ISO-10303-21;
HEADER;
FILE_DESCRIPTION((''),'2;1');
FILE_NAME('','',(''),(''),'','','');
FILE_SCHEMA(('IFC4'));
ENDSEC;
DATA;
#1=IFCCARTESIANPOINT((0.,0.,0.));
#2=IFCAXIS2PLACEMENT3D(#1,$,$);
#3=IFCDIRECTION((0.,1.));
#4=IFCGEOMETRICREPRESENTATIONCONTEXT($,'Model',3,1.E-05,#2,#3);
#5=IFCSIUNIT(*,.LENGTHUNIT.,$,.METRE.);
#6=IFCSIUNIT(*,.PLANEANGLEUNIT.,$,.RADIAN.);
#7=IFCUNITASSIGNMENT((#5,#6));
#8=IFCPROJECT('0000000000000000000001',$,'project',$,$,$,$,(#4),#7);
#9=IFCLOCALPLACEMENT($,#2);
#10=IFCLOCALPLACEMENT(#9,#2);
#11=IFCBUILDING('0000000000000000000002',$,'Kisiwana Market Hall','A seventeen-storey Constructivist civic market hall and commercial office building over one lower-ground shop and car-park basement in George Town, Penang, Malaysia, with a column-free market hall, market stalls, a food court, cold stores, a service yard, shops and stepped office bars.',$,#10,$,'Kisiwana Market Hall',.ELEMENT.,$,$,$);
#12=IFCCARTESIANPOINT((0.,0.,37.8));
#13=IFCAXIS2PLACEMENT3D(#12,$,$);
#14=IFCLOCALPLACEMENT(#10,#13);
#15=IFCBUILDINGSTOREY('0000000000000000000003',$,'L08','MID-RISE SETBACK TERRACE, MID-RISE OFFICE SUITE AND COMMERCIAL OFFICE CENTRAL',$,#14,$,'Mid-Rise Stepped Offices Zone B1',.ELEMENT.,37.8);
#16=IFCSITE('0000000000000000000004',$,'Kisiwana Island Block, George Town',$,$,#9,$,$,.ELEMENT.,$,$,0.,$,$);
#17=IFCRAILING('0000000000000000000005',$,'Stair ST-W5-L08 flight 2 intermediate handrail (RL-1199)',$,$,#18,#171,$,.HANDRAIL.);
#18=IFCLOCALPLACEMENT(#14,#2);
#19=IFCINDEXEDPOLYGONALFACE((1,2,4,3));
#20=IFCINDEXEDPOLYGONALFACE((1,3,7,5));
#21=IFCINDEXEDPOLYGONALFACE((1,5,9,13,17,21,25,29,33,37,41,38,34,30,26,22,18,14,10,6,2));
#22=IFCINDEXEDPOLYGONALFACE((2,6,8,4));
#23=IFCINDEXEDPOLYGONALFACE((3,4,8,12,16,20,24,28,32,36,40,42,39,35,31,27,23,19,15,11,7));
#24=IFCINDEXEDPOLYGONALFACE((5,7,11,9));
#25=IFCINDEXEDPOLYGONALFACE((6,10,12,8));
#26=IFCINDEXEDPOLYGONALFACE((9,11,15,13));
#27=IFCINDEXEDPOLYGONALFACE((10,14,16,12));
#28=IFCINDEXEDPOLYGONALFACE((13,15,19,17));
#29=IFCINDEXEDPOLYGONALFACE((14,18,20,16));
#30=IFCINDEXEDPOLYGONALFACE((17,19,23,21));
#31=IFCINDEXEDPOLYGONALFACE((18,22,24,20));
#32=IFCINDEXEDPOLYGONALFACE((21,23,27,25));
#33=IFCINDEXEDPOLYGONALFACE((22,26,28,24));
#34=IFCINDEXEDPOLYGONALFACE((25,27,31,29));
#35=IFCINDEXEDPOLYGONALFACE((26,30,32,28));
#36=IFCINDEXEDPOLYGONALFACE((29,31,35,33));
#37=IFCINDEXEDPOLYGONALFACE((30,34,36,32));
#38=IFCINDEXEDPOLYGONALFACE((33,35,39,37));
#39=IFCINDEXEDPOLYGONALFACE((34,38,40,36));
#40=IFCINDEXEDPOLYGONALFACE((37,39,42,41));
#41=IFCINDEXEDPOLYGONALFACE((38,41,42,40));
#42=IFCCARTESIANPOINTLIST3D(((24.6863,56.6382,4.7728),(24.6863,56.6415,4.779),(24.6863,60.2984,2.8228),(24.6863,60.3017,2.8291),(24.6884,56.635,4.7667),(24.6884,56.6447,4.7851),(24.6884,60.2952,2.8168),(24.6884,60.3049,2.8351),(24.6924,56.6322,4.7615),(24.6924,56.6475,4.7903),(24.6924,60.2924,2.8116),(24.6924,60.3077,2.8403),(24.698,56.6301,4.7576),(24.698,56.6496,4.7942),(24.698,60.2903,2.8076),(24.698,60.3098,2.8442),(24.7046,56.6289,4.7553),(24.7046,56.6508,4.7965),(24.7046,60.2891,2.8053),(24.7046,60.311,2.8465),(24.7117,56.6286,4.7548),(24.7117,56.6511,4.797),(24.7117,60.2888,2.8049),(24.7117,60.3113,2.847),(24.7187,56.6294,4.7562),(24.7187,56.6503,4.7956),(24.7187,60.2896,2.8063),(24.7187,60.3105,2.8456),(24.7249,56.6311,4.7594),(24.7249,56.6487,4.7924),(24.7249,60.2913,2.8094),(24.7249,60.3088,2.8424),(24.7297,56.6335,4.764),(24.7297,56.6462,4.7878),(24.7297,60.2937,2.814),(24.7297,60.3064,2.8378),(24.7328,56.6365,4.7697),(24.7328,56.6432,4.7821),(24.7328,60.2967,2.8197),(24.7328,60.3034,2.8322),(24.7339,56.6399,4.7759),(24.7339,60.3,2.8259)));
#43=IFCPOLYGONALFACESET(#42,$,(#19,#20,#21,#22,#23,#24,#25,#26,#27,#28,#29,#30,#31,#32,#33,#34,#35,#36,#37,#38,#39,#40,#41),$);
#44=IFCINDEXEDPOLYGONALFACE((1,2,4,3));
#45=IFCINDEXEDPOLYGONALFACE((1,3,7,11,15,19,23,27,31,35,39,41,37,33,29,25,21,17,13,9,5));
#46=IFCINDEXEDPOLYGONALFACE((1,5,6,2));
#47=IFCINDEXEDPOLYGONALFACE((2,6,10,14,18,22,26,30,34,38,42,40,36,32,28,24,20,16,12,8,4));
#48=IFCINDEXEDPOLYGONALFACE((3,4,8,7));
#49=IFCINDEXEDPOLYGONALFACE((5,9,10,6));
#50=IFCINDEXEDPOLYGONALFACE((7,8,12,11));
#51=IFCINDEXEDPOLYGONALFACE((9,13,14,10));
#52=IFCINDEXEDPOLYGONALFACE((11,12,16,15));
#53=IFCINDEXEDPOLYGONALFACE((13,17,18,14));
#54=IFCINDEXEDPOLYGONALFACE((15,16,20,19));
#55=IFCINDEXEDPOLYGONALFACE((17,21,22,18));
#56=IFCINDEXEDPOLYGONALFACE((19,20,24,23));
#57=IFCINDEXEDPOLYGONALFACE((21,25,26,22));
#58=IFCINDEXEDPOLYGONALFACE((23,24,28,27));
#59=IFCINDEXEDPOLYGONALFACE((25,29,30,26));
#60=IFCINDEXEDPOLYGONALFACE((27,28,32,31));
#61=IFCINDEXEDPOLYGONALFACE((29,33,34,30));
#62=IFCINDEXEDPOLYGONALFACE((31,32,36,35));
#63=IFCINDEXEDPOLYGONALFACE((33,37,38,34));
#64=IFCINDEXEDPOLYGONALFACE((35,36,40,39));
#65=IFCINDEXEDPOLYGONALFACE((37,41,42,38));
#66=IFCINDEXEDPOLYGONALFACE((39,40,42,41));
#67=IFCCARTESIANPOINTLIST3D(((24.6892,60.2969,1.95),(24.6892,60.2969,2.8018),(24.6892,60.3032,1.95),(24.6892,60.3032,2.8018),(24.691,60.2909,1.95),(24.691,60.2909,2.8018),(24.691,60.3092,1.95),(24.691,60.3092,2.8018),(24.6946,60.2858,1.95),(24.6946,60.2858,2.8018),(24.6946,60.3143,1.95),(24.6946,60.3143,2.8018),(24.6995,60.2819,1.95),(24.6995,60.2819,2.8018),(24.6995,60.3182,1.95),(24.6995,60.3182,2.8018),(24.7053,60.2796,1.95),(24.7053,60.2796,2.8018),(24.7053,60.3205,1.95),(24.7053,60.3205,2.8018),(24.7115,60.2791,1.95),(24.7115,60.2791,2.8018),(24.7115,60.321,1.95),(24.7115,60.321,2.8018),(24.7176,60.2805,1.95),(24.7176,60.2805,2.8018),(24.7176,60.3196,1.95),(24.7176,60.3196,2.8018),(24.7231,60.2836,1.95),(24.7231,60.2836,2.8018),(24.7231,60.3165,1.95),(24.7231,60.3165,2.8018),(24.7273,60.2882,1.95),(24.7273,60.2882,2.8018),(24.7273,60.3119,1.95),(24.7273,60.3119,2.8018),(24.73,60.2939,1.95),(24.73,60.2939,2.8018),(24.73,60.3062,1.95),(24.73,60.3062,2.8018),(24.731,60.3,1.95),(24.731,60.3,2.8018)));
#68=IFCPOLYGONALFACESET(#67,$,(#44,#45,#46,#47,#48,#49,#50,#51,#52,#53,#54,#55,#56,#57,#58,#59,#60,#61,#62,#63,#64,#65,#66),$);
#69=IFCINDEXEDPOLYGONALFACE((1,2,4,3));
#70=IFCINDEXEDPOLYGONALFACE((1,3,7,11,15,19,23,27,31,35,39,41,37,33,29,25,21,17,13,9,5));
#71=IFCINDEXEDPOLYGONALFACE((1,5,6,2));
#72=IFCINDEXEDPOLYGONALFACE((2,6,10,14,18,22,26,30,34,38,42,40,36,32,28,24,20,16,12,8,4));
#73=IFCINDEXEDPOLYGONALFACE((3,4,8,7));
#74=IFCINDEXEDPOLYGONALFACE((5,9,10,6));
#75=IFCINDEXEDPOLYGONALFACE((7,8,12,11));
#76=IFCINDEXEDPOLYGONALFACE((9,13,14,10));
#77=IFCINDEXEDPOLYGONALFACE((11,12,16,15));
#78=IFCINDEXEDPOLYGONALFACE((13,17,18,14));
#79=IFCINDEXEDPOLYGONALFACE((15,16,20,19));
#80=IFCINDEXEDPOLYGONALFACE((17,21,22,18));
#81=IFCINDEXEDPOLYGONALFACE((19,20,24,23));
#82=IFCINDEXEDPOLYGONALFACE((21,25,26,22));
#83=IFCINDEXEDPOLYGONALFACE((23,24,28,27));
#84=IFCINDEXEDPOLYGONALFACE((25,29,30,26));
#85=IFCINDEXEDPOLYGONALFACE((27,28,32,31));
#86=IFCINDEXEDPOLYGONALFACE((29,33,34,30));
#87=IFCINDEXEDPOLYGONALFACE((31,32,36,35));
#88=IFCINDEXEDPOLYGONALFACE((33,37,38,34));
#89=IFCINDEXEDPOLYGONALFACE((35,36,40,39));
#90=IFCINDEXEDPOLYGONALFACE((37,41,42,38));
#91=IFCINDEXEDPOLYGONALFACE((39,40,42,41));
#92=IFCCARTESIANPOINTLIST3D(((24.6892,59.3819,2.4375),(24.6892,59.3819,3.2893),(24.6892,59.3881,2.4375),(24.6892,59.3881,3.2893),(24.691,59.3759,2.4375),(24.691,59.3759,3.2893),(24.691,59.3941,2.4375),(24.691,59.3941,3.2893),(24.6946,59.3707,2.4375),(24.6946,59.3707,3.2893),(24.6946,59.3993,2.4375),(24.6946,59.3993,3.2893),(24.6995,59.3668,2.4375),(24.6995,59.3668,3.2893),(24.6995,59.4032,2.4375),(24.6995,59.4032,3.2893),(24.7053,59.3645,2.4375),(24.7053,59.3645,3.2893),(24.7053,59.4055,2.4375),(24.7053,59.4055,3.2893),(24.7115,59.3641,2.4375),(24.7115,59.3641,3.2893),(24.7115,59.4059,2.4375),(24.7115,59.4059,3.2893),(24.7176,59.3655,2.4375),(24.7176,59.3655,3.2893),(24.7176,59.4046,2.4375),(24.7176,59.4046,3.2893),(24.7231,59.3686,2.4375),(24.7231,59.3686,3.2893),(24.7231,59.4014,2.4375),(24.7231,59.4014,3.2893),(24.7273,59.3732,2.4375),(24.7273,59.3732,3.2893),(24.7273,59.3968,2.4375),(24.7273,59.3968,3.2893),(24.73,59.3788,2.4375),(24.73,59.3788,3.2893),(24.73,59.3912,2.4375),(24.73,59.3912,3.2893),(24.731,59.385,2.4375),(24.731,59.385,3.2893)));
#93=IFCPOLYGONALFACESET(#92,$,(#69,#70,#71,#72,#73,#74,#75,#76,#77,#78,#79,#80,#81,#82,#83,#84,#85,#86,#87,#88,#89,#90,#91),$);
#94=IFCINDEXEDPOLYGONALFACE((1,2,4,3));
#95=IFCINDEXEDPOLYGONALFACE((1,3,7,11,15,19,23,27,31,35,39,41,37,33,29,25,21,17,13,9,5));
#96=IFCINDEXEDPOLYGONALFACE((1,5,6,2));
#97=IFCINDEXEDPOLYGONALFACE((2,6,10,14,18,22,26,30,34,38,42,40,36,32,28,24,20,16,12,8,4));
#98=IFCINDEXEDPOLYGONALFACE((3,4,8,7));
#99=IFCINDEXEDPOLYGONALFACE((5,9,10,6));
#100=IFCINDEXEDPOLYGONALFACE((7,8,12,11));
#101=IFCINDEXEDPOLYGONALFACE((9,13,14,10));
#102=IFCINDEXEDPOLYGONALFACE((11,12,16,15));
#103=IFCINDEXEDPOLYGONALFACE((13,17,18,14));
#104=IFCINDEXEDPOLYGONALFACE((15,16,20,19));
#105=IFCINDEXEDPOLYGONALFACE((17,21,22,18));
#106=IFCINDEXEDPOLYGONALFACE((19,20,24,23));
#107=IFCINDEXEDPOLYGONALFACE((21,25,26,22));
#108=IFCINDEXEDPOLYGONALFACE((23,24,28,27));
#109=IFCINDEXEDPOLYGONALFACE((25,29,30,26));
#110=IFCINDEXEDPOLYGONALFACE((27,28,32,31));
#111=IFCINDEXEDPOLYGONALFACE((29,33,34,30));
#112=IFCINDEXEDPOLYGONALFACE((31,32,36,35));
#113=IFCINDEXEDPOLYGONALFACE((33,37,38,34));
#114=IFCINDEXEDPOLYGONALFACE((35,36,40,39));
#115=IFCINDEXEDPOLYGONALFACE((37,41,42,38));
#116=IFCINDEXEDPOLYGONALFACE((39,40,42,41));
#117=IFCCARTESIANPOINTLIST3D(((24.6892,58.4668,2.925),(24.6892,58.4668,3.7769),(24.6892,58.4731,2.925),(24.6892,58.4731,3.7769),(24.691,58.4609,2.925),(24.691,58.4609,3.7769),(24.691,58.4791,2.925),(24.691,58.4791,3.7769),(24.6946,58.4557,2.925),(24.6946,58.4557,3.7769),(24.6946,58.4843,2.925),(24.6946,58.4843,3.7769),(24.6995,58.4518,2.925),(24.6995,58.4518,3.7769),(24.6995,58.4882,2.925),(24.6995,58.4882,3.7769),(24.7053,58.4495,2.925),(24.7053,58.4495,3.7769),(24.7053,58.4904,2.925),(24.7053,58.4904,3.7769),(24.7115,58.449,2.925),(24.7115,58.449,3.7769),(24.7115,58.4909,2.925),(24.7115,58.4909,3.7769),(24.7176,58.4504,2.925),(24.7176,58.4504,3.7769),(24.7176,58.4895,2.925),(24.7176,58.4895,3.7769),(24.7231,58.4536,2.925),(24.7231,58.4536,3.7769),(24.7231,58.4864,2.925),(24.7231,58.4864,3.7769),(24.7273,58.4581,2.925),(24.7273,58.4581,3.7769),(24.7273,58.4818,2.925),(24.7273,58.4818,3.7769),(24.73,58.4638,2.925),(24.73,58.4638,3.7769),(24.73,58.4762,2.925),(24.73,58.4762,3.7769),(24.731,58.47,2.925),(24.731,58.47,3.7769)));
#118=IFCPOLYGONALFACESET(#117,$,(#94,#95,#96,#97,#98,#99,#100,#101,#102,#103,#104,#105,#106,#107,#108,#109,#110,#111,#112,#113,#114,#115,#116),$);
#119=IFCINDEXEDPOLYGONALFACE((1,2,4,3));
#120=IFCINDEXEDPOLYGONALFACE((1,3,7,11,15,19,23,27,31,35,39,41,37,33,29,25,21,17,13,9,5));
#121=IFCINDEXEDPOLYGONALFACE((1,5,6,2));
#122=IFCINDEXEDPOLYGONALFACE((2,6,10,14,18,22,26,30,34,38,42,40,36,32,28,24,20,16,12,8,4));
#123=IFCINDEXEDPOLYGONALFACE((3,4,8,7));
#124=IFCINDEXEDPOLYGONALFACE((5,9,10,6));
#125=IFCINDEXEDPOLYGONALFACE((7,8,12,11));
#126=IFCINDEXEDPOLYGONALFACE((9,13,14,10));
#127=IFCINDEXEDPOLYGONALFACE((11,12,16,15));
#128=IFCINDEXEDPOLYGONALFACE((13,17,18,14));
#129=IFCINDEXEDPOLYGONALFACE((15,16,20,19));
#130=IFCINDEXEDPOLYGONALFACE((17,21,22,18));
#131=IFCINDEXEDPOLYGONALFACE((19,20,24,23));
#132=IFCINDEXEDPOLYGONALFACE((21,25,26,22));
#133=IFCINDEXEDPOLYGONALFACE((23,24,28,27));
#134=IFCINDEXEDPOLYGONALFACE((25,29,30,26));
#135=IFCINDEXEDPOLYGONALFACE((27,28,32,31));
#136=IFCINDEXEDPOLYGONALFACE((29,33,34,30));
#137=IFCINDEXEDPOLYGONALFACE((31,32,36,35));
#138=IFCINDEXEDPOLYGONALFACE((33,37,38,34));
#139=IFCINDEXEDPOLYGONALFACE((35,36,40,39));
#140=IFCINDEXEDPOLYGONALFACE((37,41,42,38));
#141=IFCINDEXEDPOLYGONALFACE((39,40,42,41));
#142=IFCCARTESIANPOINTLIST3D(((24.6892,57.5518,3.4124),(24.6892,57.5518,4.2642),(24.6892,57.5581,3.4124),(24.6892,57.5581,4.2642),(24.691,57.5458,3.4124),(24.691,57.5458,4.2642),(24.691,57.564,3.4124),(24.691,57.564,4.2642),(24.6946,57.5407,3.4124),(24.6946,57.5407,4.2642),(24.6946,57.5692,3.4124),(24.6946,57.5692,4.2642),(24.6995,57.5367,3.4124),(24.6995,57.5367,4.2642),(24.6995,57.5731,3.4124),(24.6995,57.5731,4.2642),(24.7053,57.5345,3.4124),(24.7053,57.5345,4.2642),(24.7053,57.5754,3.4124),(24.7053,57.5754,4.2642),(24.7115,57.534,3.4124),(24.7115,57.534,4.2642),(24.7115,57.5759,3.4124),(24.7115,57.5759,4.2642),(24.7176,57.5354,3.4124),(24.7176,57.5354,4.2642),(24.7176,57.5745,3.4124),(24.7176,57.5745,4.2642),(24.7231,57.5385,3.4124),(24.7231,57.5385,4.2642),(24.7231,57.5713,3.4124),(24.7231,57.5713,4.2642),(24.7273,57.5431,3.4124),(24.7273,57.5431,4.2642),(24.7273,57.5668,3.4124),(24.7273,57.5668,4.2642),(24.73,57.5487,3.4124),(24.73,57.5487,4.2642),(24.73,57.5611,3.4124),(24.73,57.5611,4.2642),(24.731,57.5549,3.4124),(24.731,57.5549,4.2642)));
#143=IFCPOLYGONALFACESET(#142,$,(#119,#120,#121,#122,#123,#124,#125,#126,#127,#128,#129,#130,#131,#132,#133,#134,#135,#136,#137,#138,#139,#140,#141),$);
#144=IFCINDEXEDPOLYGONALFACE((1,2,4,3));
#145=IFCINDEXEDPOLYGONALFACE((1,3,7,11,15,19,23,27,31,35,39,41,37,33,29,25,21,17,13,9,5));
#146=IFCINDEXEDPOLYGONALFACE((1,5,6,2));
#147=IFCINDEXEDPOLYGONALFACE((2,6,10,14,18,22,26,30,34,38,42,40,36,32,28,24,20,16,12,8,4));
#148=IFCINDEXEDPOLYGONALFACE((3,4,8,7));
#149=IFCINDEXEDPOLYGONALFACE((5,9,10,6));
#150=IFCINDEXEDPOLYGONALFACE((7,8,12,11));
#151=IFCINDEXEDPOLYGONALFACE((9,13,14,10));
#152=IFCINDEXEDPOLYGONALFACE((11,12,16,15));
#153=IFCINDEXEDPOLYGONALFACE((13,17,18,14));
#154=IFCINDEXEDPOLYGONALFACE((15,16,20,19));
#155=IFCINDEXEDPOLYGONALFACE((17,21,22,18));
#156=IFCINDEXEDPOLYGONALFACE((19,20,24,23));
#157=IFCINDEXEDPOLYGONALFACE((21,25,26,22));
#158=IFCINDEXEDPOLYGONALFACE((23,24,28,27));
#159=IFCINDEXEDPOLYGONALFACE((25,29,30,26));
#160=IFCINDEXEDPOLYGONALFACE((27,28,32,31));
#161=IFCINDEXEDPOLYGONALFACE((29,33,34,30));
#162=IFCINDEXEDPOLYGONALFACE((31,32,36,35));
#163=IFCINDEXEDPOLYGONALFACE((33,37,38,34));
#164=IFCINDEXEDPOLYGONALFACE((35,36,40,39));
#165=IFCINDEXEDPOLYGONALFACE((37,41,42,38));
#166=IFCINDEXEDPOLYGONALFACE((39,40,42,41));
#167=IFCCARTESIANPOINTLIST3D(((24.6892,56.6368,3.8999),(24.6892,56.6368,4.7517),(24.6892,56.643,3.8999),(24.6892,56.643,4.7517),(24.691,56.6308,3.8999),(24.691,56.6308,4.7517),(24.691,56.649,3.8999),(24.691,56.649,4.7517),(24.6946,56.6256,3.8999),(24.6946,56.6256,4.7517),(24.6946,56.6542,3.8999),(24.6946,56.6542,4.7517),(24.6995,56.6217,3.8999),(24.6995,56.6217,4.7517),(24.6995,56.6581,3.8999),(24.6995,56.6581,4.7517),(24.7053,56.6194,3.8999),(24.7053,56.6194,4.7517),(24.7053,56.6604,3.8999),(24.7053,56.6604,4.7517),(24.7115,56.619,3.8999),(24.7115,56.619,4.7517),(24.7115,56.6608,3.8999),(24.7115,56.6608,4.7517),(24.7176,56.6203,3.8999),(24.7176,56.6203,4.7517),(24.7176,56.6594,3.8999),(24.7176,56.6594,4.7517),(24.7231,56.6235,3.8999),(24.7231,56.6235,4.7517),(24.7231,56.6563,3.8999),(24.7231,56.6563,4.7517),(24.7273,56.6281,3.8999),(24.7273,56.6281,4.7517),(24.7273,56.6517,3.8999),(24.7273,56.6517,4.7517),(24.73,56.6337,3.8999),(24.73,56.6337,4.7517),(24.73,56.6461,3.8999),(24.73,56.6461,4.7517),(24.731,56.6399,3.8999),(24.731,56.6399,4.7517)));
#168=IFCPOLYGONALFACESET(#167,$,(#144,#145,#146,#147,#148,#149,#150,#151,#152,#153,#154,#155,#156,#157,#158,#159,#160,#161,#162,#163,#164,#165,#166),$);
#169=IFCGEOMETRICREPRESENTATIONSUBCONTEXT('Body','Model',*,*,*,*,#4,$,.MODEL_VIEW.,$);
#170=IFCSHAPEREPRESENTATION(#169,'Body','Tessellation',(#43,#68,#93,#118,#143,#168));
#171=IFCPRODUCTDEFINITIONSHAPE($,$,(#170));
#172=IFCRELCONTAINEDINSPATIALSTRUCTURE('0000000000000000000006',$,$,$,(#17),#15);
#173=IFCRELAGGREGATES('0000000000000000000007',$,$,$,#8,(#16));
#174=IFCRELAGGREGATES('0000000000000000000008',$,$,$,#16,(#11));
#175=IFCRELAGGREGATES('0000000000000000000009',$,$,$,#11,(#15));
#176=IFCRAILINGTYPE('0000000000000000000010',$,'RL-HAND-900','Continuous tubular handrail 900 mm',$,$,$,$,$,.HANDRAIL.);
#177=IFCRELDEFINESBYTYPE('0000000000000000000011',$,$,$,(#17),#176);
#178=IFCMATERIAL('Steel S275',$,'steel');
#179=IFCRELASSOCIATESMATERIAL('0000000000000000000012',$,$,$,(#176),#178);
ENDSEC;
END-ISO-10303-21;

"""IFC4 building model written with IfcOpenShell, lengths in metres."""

from ifc_helpers import new_model, si_unit, direction, frame, origin, origin_2d, place, context, subcontext, project, spatial, circle, extrude, material, type_object, element, save


model = new_model("IFC4")

# Units and contexts
model_context = context("Model", 3, precision=1e-05, world=origin(), true_north=direction((0.0, 1.0)))
body_context = subcontext(model_context, "Body", "Model", "MODEL_VIEW")
ifc_project = project(units=[si_unit("LENGTHUNIT", "METRE"), si_unit("PLANEANGLEUNIT", "RADIAN")], contexts=[model_context])

# Site, building, storey
site_placement = place(None, origin())
site = spatial("IfcSite", under=ifc_project, at=site_placement, Name="Kisiwana Island Block, George Town", CompositionType="ELEMENT", RefElevation=0.0)
building_placement = place(site_placement, origin())
building = spatial("IfcBuilding", under=site, at=building_placement, Name="Kisiwana Market Hall", Description="A seventeen-storey Constructivist civic market hall and commercial office building over one lower-ground shop and car-park basement in George Town, Penang, Malaysia, with a column-free market hall, market stalls, a food court, cold stores, a service yard, shops and stepped office bars.", LongName="Kisiwana Market Hall", CompositionType="ELEMENT")
storey_placement = place(building_placement, frame((0.0, 0.0, 37.8)))
storey = spatial("IfcBuildingStorey", under=building, at=storey_placement, Name="L08", Description="MID-RISE SETBACK TERRACE, MID-RISE OFFICE SUITE AND COMMERCIAL OFFICE CENTRAL", LongName="Mid-Rise Stepped Offices Zone B1", CompositionType="ELEMENT", Elevation=37.8)

# Railing
ifc_material_1 = material(Name="Steel S275", Category="steel")
railing_type_1 = type_object("IfcRailingType", Name="RL-HAND-900", Description="Continuous tubular handrail 900 mm", PredefinedType="HANDRAIL", material=ifc_material_1)
railing_1_placement = place(storey_placement, frame((24.71, 60.3, 1.95)))
element("IfcRailing", 1, at=railing_1_placement, inside=storey, type_object=railing_type_1, Name="Stair ST-W5-L08 flight 2 intermediate handrail (RL-1199)", PredefinedType="HANDRAIL", context=body_context, shape_type="SweptSolid", body=[
    extrude(circle(Radius=0.0239, at=origin_2d()), frame((0.0, 0.0, 0.876), z_axis=(0.0, -0.882566, 0.470188), x_axis=(1.0, 0.0, 0.0)), (0.0, 0.0, 1.0), 4.1472),
    extrude(circle(Radius=0.021, at=origin_2d()), origin(), (0.0, 0.0, 1.0), 0.8518),
    extrude(circle(Radius=0.021, at=origin_2d()), frame((0.0, -0.915, 0.4875)), (0.0, 0.0, 1.0), 0.8518),
    extrude(circle(Radius=0.021, at=origin_2d()), frame((0.0, -1.8301, 0.9751)), (0.0, 0.0, 1.0), 0.8518),
    extrude(circle(Radius=0.021, at=origin_2d()), frame((0.0, -2.7451, 1.4624)), (0.0, 0.0, 1.0), 0.8518),
    extrude(circle(Radius=0.021, at=origin_2d()), frame((0.0, -3.6602, 1.95)), (0.0, 0.0, 1.0), 0.8518),
])

save(model, "model.ifc")
